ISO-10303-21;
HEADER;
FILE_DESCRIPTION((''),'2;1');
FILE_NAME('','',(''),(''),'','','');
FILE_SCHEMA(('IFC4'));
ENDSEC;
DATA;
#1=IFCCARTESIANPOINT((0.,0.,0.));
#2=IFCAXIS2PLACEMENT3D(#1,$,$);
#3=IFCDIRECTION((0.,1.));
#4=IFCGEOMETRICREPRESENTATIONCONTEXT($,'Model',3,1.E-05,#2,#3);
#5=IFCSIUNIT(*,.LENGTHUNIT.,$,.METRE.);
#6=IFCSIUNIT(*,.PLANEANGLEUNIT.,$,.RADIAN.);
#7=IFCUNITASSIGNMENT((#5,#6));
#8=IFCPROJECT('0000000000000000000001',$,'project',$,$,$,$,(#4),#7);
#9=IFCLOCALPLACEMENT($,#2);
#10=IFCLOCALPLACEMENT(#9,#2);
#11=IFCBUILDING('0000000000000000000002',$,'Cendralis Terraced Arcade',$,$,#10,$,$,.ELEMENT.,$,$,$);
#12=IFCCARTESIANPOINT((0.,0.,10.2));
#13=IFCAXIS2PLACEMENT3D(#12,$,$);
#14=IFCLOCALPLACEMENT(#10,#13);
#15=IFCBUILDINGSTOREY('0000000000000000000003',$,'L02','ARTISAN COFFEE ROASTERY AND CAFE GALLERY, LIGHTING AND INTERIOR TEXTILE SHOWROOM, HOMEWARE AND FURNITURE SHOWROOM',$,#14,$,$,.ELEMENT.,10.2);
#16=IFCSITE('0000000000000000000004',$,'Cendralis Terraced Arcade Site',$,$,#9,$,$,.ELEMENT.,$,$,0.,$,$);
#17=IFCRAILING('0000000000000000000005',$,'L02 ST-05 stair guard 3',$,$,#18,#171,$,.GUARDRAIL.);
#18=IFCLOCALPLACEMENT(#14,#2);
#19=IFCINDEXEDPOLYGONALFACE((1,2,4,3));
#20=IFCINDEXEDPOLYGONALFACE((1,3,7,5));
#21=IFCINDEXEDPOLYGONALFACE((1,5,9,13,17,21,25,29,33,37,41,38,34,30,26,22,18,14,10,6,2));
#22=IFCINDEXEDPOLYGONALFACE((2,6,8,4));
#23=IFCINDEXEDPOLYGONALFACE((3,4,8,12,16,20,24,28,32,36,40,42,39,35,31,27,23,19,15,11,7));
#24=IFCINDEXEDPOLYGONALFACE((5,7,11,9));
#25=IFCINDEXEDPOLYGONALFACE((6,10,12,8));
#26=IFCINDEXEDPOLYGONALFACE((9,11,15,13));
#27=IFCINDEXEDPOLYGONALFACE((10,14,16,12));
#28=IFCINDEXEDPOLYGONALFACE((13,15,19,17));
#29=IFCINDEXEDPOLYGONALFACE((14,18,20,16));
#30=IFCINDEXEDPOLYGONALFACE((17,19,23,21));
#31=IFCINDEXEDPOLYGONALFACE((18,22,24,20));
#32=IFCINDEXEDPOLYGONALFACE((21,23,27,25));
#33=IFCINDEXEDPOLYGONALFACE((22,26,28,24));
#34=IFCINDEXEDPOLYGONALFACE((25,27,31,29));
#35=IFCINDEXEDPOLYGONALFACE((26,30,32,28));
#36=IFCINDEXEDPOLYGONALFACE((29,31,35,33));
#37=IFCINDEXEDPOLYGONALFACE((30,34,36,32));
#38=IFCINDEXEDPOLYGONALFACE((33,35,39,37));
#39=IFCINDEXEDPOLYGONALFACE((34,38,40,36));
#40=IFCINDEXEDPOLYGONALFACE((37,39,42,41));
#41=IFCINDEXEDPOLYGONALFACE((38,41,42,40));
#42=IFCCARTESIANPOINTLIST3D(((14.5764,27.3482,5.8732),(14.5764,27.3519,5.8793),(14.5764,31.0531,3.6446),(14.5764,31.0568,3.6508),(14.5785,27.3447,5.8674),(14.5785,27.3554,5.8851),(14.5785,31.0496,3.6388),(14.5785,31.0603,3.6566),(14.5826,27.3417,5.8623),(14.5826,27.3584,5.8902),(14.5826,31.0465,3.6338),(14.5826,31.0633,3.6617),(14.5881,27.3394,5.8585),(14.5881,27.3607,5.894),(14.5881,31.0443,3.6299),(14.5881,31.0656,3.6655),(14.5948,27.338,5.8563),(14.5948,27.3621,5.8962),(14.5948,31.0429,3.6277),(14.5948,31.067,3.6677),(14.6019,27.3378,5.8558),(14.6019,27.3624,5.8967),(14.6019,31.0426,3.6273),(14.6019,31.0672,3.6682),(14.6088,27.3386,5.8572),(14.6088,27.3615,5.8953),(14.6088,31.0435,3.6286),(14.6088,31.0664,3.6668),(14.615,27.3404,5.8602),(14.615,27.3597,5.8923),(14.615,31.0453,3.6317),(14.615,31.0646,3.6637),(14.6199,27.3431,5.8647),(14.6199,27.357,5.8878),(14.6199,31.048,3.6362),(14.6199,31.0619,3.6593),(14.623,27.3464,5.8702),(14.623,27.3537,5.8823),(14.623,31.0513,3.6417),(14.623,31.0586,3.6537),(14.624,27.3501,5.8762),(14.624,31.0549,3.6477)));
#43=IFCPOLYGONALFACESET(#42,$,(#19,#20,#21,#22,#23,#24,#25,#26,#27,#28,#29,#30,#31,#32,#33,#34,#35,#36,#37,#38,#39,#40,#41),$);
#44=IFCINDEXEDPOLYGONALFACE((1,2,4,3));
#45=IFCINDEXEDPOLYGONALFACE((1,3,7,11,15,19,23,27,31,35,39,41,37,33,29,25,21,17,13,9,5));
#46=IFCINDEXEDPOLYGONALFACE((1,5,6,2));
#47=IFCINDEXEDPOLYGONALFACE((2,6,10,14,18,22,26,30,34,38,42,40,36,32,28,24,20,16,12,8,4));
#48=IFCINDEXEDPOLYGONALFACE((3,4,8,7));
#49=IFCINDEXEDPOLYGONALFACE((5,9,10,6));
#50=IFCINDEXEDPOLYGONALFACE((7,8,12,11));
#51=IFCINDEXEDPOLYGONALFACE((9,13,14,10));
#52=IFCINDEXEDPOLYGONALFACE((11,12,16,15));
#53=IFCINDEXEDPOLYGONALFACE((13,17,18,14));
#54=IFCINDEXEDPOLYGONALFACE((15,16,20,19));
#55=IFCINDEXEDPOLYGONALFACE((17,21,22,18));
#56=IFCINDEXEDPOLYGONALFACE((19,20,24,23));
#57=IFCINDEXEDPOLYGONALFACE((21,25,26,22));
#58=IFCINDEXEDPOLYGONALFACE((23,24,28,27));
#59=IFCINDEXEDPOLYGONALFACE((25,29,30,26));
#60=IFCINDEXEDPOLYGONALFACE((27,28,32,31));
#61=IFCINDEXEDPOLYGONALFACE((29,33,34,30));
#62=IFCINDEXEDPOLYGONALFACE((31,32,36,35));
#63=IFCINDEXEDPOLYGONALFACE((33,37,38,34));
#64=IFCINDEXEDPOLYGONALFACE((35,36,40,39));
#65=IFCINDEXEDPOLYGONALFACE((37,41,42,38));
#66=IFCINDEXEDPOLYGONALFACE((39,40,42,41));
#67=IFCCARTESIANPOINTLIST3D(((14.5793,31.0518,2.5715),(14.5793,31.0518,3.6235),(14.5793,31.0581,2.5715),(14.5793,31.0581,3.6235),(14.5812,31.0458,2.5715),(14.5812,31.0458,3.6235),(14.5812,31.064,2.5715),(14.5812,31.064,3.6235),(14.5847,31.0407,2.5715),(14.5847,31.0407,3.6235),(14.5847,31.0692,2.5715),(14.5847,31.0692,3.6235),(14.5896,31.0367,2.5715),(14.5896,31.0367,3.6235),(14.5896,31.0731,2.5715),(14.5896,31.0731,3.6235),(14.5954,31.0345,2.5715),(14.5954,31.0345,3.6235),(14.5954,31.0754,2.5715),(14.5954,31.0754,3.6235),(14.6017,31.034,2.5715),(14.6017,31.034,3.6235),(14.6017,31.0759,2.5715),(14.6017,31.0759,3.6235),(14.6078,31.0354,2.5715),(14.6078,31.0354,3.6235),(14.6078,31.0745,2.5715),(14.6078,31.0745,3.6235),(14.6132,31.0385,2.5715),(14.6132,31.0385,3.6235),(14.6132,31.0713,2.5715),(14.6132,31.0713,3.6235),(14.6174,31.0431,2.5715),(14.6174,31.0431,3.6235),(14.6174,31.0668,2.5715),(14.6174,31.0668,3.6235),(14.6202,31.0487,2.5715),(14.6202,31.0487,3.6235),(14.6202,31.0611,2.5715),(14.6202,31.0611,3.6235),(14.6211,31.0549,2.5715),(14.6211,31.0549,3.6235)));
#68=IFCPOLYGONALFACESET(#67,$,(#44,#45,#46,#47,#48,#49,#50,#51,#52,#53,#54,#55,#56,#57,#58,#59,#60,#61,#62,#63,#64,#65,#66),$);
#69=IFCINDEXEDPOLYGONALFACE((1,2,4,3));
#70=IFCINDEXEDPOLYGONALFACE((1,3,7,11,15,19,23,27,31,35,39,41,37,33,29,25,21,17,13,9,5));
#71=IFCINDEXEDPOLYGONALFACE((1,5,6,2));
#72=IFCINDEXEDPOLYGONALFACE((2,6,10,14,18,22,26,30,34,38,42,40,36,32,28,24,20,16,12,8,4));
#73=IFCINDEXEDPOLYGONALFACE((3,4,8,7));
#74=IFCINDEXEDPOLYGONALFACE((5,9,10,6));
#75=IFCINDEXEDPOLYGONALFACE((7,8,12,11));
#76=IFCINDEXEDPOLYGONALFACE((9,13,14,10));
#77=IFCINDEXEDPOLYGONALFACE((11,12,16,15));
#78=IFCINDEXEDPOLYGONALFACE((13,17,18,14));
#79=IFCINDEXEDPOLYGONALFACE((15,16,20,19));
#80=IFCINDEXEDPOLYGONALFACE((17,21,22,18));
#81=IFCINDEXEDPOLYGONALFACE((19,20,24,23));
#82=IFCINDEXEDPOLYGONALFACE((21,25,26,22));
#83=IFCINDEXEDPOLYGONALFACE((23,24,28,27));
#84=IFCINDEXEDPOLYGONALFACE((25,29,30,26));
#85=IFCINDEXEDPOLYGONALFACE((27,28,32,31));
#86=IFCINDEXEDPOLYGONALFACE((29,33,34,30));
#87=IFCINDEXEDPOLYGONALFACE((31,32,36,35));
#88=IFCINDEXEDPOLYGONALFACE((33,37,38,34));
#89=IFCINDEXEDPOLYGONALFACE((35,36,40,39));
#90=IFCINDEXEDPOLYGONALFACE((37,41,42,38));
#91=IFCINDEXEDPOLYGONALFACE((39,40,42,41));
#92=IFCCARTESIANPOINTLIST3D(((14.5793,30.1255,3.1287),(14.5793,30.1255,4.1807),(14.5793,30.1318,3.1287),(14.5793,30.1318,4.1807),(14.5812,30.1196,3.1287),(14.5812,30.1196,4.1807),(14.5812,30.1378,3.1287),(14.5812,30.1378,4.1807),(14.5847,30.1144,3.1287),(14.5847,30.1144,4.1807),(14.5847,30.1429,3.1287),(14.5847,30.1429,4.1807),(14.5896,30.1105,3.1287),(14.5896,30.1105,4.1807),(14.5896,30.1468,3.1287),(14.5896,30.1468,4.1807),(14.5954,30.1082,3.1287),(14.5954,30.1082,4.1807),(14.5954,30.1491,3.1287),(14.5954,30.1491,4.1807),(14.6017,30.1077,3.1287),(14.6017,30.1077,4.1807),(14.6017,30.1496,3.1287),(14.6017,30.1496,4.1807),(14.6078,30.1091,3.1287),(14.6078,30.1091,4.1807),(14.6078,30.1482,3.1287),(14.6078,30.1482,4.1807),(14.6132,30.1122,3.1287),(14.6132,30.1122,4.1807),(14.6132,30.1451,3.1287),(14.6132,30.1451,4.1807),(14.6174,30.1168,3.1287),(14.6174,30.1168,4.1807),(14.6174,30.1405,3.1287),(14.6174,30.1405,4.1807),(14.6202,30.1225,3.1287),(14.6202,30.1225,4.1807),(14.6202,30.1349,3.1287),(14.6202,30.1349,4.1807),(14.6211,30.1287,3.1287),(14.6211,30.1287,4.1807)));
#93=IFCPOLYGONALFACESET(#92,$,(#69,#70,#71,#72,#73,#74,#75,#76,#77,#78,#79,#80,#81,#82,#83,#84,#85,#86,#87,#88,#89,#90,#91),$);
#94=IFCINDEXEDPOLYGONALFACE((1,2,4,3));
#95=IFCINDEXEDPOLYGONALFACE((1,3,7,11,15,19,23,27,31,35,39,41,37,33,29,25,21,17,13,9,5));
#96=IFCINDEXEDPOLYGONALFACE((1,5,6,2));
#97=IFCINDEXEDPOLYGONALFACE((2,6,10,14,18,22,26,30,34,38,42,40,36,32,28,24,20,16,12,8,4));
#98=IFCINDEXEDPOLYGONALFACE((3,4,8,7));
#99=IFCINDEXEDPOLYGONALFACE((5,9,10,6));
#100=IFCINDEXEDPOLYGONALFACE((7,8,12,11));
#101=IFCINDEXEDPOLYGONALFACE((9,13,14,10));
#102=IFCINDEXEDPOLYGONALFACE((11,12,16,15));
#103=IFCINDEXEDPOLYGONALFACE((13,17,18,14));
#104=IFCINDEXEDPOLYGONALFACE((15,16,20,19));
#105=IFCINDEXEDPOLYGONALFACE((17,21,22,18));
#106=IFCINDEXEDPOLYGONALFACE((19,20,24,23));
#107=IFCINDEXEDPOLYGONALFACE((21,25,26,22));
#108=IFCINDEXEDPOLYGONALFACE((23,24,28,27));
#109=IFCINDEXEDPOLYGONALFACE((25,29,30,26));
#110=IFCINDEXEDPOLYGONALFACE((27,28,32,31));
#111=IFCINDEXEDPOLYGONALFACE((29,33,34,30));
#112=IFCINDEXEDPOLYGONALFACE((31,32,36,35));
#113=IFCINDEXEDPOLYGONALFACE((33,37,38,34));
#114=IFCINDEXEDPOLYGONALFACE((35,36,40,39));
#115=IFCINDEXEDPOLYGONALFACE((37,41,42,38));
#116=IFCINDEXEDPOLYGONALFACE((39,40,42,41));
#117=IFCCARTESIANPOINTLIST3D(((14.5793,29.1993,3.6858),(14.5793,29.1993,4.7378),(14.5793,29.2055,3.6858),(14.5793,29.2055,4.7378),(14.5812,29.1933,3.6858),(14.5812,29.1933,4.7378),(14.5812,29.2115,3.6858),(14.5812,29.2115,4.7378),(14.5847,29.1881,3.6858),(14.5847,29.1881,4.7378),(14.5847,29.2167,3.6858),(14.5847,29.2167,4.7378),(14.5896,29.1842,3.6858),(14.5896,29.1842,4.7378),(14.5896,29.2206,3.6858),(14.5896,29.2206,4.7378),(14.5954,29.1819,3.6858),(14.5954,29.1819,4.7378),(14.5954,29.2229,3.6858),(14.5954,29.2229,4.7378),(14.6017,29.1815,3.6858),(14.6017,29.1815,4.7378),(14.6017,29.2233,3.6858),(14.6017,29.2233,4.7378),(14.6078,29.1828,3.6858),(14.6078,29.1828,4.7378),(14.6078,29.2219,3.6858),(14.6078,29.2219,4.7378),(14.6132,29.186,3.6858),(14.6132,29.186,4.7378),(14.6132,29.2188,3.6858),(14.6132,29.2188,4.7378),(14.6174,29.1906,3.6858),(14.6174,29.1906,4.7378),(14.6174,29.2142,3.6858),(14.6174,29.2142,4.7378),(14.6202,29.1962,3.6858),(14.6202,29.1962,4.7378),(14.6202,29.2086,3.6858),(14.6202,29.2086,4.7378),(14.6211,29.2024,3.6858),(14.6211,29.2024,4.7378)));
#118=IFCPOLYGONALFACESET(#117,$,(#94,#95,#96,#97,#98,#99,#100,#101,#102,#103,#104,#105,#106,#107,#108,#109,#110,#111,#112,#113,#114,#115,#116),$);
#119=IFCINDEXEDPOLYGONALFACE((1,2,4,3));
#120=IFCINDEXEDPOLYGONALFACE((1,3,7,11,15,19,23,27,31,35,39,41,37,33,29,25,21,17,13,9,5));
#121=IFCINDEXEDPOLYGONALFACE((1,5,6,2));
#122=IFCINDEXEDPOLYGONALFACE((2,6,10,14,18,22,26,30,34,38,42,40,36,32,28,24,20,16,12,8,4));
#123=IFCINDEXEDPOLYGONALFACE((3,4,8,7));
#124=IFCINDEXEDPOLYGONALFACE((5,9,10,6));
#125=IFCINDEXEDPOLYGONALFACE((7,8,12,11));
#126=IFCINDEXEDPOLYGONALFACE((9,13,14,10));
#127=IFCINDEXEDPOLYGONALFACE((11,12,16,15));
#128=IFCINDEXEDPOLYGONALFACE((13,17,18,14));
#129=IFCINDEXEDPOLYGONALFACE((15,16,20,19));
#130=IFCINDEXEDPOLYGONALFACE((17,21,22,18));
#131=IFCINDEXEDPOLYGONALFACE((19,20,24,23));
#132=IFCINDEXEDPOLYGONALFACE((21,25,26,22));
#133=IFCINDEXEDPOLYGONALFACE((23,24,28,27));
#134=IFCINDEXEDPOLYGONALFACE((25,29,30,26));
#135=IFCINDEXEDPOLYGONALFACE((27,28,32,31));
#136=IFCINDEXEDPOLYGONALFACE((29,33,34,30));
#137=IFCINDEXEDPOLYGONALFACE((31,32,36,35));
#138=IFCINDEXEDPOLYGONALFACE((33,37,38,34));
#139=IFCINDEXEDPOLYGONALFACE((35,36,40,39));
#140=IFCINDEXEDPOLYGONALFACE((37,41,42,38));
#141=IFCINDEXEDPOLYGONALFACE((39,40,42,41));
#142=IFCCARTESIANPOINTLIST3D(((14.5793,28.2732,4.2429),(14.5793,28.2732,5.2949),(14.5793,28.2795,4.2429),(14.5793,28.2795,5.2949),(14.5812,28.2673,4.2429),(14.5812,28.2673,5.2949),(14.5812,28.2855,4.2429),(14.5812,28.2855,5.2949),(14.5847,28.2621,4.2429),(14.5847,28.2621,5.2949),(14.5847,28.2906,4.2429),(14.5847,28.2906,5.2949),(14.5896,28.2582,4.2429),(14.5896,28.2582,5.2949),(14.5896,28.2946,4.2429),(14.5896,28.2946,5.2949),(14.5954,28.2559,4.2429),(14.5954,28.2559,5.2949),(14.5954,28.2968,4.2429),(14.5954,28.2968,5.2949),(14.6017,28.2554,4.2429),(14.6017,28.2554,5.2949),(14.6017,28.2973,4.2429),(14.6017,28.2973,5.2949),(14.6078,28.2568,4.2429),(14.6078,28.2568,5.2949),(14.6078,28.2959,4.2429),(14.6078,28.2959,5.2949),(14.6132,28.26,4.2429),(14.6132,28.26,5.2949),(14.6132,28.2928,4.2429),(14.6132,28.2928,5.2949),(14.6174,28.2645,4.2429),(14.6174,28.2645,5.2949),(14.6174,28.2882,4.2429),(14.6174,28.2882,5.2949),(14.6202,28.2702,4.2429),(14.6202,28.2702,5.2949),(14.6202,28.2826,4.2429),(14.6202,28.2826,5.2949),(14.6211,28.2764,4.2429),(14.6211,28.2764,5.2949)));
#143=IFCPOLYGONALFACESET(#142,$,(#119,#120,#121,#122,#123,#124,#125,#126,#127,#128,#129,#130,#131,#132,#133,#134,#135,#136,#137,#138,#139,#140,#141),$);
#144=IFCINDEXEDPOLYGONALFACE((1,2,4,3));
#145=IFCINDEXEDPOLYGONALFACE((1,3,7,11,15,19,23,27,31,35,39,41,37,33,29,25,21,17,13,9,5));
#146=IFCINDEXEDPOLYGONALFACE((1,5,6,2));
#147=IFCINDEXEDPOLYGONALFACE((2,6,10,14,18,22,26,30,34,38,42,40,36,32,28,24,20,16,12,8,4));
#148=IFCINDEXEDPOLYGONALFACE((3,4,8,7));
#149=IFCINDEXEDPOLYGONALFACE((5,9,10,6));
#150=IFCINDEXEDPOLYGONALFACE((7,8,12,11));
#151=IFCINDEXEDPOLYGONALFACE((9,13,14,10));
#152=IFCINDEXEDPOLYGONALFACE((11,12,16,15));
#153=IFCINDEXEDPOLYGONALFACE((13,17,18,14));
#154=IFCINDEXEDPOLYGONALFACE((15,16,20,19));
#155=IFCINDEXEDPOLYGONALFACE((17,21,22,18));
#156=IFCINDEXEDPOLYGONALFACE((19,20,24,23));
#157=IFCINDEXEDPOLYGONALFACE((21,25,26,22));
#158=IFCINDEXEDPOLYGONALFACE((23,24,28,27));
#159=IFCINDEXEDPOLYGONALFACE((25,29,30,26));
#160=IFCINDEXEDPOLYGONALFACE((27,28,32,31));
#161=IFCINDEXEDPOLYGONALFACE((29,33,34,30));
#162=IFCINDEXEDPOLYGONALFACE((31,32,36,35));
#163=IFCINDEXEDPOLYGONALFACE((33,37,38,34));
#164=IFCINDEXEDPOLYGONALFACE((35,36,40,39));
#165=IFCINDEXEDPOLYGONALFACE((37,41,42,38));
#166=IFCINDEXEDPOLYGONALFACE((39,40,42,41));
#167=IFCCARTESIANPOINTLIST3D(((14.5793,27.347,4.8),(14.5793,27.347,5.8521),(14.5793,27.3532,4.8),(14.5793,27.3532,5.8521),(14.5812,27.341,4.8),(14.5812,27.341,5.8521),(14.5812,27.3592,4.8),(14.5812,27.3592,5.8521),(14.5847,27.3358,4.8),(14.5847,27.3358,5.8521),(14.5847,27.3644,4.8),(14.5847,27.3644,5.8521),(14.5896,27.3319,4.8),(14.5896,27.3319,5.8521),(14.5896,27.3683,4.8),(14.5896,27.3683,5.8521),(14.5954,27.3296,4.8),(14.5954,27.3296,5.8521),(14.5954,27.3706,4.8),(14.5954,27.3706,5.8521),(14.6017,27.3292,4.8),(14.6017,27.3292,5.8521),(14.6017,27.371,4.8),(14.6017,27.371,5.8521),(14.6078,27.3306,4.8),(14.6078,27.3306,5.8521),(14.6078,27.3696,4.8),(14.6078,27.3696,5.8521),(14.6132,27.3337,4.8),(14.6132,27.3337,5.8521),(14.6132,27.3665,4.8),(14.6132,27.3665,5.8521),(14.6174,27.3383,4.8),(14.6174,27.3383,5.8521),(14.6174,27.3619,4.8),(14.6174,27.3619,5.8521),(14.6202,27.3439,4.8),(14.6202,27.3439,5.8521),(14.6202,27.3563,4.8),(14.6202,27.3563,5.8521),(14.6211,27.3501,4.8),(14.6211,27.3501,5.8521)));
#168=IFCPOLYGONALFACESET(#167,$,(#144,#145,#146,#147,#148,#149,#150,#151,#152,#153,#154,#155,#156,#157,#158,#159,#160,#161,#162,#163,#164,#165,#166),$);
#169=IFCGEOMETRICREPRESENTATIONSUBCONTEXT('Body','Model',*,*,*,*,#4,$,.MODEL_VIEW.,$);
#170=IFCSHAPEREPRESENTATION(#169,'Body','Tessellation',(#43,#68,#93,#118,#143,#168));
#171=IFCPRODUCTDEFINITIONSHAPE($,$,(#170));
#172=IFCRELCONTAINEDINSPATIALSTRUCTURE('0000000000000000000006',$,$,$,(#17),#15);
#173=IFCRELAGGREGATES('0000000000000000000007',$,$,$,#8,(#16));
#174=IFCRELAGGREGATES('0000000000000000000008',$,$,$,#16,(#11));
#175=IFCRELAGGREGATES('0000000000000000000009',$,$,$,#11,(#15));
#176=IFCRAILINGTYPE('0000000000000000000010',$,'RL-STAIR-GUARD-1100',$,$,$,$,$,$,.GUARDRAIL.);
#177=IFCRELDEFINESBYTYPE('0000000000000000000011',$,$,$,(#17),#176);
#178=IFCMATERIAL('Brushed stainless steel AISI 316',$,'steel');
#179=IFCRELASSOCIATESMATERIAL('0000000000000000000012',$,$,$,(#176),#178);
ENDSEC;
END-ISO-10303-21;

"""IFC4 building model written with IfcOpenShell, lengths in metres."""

from ifc_helpers import new_model, si_unit, direction, frame, origin, origin_2d, place, context, subcontext, project, spatial, circle, extrude, material, type_object, element, save


model = new_model("IFC4")

# Units and contexts
model_context = context("Model", 3, precision=1e-05, world=origin(), true_north=direction((0.0, 1.0)))
body_context = subcontext(model_context, "Body", "Model", "MODEL_VIEW")
ifc_project = project(units=[si_unit("LENGTHUNIT", "METRE"), si_unit("PLANEANGLEUNIT", "RADIAN")], contexts=[model_context])

# Site, building, storey
site_placement = place(None, origin())
site = spatial("IfcSite", under=ifc_project, at=site_placement, Name="Cendralis Terraced Arcade Site", CompositionType="ELEMENT", RefElevation=0.0)
building_placement = place(site_placement, origin())
building = spatial("IfcBuilding", under=site, at=building_placement, Name="Cendralis Terraced Arcade", CompositionType="ELEMENT")
storey_placement = place(building_placement, frame((0.0, 0.0, 10.2)))
storey = spatial("IfcBuildingStorey", under=building, at=storey_placement, Name="L02", Description="ARTISAN COFFEE ROASTERY AND CAFE GALLERY, LIGHTING AND INTERIOR TEXTILE SHOWROOM, HOMEWARE AND FURNITURE SHOWROOM", CompositionType="ELEMENT", Elevation=10.2)

# Railing
ifc_material_1 = material(Name="Brushed stainless steel AISI 316", Category="steel")
railing_type_1 = type_object("IfcRailingType", Name="RL-STAIR-GUARD-1100", PredefinedType="GUARDRAIL", material=ifc_material_1)
railing_1_placement = place(storey_placement, frame((14.6001, 31.0549, 2.5715)))
element("IfcRailing", 1, at=railing_1_placement, inside=storey, type_object=railing_type_1, Name="L02 ST-05 stair guard 3", PredefinedType="GUARDRAIL", context=body_context, shape_type="SweptSolid", body=[
    extrude(circle(Radius=0.0239, at=origin_2d()), frame((0.0, 0.0, 1.0762), z_axis=(0.0, -0.856919, 0.51545), x_axis=(1.0, 0.0, 0.0)), (0.0, 0.0, 1.0), 4.3235),
    extrude(circle(Radius=0.021, at=origin_2d()), origin(), (0.0, 0.0, 1.0), 1.052),
    extrude(circle(Radius=0.021, at=origin_2d()), frame((0.0, -0.9263, 0.5571)), (0.0, 0.0, 1.0), 1.052),
    extrude(circle(Radius=0.021, at=origin_2d()), frame((0.0, -1.8525, 1.1143)), (0.0, 0.0, 1.0), 1.052),
    extrude(circle(Radius=0.021, at=origin_2d()), frame((0.0, -2.7786, 1.6714)), (0.0, 0.0, 1.0), 1.052),
    extrude(circle(Radius=0.021, at=origin_2d()), frame((0.0, -3.7048, 2.2285)), (0.0, 0.0, 1.0), 1.052),
])

save(model, "model.ifc")
